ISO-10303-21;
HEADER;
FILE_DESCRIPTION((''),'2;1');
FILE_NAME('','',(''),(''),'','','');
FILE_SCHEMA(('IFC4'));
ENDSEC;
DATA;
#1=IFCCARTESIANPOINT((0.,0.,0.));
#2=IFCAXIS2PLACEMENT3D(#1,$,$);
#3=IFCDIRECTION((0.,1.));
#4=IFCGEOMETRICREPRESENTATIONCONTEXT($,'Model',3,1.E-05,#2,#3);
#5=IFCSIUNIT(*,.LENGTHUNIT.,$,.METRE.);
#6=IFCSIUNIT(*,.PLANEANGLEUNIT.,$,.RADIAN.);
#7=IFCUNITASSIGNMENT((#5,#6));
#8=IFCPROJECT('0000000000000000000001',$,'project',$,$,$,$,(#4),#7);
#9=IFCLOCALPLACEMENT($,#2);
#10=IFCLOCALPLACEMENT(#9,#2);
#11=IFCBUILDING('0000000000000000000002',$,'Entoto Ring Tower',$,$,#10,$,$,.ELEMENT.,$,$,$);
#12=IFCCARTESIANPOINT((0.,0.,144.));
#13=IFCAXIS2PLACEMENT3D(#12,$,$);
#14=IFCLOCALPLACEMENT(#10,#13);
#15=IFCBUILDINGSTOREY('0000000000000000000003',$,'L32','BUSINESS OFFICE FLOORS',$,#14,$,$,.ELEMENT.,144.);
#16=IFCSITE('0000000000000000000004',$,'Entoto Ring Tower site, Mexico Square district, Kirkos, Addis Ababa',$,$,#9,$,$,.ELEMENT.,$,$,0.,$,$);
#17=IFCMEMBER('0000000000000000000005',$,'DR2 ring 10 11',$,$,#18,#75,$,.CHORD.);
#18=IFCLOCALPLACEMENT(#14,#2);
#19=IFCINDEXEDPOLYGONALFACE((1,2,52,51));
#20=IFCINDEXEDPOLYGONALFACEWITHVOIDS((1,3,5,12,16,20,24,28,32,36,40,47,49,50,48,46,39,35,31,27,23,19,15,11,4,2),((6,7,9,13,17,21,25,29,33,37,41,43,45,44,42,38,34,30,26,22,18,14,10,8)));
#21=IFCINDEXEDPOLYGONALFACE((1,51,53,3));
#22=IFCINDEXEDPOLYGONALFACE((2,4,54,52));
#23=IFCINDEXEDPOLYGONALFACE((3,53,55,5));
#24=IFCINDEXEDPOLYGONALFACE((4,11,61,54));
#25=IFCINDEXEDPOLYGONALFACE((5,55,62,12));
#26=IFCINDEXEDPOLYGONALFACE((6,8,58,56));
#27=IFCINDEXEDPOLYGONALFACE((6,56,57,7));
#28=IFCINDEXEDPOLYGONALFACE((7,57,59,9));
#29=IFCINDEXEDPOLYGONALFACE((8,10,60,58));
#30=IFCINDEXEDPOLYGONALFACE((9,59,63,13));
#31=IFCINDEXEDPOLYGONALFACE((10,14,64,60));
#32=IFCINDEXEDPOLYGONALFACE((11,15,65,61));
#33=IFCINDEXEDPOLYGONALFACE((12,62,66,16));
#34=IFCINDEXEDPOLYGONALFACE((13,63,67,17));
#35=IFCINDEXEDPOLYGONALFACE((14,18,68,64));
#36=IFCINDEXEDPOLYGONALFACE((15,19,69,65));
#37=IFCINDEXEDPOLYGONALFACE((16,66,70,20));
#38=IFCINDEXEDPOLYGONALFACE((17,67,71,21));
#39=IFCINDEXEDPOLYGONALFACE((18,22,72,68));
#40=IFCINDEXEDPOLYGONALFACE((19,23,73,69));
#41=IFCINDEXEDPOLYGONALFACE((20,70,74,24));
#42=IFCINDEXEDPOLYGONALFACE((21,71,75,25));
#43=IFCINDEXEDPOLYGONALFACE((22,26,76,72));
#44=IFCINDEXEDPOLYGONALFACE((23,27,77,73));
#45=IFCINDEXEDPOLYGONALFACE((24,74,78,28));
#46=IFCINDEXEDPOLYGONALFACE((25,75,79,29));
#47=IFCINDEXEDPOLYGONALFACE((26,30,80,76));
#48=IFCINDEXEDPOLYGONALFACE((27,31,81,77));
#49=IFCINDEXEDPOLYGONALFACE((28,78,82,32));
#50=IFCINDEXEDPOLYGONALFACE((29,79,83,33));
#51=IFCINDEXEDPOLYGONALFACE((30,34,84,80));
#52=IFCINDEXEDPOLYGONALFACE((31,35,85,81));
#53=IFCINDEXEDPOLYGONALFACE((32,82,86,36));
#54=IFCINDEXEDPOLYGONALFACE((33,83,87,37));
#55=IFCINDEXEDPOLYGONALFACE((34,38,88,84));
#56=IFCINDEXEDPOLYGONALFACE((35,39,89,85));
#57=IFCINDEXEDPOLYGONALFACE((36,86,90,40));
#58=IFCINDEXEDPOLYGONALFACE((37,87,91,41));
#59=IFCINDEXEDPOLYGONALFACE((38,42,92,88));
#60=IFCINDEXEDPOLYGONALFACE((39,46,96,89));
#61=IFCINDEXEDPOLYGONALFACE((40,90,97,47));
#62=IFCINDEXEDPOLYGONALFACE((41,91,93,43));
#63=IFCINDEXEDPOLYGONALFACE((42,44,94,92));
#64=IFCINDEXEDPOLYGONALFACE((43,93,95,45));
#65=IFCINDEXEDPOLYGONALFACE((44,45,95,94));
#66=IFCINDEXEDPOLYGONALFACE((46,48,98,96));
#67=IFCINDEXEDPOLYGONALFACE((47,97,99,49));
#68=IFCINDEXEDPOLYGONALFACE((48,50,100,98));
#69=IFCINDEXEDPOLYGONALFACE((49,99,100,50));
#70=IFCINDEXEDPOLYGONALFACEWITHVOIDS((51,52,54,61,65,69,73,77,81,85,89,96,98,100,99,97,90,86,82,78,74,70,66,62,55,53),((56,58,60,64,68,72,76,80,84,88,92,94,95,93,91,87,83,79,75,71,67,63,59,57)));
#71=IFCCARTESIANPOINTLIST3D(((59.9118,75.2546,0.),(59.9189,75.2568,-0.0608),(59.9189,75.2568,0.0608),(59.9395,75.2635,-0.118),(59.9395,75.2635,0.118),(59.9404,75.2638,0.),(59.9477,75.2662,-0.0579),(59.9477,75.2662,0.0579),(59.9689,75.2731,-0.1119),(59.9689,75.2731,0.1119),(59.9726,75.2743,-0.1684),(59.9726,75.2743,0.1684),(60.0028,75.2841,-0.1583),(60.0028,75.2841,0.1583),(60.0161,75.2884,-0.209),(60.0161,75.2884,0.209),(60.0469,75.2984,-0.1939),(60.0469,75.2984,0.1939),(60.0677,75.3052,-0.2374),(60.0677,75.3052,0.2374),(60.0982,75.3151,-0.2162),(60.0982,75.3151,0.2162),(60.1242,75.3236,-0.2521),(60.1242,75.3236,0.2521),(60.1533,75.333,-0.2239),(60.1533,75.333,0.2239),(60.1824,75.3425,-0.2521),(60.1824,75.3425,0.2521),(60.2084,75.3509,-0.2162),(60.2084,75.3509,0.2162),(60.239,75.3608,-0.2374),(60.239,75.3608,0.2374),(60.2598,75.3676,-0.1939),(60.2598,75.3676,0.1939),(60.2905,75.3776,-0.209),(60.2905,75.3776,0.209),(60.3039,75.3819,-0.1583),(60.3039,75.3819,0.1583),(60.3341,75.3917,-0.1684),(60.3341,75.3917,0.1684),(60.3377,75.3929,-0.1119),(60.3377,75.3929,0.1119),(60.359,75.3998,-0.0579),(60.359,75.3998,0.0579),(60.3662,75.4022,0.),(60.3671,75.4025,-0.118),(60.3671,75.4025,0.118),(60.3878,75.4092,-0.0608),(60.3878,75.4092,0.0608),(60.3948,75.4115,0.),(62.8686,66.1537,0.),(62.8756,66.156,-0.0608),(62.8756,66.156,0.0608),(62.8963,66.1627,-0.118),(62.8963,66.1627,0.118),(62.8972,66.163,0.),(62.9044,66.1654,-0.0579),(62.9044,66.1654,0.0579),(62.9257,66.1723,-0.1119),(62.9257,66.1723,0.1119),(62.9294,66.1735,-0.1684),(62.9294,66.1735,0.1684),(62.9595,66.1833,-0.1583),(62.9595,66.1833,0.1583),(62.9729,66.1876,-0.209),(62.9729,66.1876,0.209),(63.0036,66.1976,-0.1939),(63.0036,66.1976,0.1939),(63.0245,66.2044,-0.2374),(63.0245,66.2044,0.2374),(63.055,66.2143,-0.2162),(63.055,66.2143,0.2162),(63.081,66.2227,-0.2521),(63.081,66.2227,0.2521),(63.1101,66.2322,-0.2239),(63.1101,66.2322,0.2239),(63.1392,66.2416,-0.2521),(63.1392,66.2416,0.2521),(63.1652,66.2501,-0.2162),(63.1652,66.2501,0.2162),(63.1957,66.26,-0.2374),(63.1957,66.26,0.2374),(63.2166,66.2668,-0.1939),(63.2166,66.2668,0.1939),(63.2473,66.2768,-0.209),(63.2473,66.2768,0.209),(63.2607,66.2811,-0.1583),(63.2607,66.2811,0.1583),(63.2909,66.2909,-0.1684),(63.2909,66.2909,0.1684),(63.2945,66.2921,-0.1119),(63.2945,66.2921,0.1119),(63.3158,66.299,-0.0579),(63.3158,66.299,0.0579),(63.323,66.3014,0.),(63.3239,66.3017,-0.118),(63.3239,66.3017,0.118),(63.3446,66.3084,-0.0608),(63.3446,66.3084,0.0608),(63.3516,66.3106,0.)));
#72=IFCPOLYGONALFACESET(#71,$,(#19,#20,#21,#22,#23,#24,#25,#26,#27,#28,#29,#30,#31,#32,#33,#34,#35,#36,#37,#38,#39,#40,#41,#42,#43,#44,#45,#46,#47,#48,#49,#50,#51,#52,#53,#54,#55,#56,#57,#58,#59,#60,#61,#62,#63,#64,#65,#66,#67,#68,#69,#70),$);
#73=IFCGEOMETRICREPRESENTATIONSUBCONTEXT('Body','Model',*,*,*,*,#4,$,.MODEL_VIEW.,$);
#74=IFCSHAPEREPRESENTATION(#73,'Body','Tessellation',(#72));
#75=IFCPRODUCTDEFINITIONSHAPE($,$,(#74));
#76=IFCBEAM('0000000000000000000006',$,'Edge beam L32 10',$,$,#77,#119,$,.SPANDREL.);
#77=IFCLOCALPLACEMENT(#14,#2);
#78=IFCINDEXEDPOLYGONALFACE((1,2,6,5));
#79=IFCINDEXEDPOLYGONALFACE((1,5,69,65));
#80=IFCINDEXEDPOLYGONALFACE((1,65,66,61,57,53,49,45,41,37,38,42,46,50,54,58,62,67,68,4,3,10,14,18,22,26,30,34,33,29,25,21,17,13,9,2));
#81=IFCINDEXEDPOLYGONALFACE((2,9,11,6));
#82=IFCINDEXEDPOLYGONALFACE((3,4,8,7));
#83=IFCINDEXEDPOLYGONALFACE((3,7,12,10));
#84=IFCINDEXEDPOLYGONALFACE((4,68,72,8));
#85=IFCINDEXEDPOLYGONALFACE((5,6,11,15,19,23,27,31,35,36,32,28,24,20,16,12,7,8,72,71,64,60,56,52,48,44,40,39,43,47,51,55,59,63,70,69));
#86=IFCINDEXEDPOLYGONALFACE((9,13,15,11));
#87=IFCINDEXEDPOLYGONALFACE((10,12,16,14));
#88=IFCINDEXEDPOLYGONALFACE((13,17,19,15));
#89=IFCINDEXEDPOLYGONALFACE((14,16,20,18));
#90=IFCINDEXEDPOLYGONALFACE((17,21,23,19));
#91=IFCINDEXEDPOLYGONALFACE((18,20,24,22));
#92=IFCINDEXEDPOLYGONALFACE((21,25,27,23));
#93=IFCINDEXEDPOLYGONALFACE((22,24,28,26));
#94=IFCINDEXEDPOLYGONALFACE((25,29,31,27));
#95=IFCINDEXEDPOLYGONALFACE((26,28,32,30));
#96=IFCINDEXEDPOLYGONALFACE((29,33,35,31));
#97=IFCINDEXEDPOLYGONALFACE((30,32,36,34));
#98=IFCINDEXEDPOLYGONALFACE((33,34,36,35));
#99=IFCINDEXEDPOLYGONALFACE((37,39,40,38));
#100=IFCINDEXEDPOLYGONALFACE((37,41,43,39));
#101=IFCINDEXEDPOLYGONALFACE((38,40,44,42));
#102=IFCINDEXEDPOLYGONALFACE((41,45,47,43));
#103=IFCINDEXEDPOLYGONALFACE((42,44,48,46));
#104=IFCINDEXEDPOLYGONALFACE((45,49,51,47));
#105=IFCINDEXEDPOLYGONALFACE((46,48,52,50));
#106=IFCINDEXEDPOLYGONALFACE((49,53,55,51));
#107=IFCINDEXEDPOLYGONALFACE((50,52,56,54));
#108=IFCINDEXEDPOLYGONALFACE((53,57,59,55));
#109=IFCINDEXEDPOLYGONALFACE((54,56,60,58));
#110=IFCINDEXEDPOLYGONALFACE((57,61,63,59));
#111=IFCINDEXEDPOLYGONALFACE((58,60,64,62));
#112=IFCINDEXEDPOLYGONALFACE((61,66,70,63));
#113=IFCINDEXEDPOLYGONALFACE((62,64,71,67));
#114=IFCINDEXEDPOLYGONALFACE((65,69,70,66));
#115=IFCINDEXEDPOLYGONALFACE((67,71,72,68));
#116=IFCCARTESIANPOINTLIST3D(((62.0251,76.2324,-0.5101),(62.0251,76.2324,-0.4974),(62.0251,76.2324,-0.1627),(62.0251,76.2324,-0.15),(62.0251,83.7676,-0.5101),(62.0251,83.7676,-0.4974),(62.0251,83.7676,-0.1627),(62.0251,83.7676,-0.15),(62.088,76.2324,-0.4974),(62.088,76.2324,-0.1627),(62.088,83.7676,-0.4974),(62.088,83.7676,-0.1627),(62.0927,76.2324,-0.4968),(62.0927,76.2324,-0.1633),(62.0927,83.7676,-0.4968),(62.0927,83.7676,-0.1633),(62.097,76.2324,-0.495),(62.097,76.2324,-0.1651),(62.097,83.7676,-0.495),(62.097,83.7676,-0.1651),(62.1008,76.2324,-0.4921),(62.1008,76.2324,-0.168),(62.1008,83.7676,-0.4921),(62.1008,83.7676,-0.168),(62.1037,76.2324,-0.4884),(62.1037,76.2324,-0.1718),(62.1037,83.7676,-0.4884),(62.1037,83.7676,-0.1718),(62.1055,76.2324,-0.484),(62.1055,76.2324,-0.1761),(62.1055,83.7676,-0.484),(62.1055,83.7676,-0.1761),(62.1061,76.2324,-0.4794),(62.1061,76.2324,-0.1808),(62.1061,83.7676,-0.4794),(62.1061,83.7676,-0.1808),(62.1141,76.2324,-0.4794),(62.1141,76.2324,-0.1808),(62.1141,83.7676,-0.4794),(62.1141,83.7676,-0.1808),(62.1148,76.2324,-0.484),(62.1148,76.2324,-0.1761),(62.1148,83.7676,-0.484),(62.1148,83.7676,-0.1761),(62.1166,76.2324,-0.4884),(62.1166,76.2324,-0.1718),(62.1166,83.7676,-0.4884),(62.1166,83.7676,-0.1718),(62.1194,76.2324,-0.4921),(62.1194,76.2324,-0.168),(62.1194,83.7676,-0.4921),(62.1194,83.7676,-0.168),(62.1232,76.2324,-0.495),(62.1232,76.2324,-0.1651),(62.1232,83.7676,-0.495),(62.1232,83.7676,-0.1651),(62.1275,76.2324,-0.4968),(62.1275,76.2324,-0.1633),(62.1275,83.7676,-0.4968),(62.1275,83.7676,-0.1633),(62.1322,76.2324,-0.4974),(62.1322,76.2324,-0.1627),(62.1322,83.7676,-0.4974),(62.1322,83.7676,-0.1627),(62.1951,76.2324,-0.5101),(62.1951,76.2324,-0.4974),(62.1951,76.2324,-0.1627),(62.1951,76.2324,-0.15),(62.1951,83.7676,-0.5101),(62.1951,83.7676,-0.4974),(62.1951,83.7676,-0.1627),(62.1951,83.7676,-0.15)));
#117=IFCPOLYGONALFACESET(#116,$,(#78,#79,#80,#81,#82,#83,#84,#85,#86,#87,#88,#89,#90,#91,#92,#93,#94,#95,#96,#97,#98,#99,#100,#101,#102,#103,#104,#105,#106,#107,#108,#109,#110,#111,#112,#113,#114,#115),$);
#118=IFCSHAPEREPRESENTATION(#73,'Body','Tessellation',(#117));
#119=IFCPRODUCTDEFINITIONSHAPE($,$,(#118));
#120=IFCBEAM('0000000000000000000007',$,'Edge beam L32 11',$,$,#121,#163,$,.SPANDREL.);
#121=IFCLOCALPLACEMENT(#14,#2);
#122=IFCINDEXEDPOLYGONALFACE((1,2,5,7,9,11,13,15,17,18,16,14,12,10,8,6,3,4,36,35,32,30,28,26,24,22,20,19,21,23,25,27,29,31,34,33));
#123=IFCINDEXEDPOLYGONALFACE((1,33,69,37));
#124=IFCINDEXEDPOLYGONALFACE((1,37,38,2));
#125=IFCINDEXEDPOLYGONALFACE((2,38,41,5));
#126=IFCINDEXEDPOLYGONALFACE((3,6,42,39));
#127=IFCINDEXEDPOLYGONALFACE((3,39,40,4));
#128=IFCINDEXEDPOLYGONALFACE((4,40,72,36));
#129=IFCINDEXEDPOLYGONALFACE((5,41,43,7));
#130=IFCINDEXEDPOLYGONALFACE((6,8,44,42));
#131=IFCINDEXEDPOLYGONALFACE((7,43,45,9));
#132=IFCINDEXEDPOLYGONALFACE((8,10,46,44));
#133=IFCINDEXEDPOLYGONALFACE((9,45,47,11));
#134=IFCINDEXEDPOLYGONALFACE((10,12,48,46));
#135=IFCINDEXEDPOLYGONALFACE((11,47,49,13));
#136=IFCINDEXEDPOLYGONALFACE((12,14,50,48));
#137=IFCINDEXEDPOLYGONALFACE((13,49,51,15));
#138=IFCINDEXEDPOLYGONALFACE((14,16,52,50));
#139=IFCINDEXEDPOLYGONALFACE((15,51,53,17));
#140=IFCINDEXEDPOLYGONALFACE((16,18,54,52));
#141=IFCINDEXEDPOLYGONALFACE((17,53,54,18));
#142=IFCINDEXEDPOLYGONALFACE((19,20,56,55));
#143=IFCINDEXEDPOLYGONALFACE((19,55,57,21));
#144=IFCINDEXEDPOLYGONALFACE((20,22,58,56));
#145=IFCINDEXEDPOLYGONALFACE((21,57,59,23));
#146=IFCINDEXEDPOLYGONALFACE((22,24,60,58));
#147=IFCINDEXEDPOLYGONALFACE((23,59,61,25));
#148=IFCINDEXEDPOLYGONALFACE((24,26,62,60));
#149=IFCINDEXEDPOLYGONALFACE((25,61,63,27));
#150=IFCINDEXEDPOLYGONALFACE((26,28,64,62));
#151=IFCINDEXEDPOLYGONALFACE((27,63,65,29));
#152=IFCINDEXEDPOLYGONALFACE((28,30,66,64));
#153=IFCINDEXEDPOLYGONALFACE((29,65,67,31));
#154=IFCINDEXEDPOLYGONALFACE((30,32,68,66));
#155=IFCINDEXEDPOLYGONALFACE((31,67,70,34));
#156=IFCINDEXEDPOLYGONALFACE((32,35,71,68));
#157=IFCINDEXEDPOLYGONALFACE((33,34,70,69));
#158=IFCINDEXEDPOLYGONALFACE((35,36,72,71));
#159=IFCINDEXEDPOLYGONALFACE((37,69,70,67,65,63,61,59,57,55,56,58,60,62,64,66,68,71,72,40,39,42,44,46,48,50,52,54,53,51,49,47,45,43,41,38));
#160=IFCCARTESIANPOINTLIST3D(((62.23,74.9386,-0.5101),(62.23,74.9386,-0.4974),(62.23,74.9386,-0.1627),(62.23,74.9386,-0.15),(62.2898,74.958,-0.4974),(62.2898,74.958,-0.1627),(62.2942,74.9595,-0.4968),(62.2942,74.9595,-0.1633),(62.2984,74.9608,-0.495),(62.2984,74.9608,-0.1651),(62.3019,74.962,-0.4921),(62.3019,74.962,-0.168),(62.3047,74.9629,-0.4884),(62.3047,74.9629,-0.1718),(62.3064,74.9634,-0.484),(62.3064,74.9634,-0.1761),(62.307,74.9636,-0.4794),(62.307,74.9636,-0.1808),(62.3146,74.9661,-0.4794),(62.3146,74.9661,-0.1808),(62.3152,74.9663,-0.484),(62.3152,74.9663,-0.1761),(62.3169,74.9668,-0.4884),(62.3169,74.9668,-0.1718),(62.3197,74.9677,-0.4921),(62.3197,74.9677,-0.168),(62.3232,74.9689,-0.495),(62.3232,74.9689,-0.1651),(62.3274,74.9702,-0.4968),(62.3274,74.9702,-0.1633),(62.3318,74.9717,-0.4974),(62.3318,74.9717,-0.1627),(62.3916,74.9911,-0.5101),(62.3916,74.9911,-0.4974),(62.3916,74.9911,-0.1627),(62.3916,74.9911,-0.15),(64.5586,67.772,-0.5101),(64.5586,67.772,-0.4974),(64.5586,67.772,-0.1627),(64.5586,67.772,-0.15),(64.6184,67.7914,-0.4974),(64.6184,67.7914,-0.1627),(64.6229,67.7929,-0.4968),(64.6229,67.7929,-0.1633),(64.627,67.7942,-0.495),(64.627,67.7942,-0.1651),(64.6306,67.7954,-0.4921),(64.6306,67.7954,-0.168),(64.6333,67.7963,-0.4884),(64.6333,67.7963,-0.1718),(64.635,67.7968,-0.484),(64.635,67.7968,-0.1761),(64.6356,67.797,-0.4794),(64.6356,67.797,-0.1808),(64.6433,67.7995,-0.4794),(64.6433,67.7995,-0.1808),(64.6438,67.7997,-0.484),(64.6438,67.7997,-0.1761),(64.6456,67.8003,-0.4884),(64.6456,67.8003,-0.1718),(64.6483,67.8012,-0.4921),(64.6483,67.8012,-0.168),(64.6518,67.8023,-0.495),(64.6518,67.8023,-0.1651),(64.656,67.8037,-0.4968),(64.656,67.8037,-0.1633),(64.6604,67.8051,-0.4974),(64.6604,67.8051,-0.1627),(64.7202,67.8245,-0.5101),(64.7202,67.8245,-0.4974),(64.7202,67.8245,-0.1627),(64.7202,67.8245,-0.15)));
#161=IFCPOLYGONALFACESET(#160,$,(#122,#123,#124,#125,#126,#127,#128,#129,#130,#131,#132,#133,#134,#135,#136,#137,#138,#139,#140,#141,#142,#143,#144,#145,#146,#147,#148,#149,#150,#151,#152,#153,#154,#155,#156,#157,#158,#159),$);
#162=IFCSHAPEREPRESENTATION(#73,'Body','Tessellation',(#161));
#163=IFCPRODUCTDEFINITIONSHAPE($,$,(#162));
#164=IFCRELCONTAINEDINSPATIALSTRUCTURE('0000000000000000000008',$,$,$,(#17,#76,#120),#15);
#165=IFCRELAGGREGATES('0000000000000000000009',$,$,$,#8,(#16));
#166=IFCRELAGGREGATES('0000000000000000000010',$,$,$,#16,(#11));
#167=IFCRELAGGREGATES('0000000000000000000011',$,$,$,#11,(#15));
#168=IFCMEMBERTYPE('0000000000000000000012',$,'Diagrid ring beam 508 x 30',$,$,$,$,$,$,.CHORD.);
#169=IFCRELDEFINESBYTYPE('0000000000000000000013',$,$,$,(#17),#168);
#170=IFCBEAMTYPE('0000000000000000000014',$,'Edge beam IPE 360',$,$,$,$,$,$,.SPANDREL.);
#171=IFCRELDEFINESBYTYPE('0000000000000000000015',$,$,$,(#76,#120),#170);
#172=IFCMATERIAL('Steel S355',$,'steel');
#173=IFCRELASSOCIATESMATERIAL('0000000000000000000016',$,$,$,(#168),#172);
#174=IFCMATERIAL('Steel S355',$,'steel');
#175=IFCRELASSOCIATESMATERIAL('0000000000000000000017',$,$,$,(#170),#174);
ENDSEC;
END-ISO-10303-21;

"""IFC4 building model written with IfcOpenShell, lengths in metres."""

from ifc_helpers import new_model, si_unit, direction, frame, origin, origin_2d, place, context, subcontext, project, spatial, circle, hollow_circle, i_section, extrude, material, material_profile, profile_set, type_object, element, save


model = new_model("IFC4")

# Units and contexts
model_context = context("Model", 3, precision=1e-05, world=origin(), true_north=direction((0.0, 1.0)))
body_context = subcontext(model_context, "Body", "Model", "MODEL_VIEW")
ifc_project = project(units=[si_unit("LENGTHUNIT", "METRE"), si_unit("PLANEANGLEUNIT", "RADIAN")], contexts=[model_context])

# Site, building, storey
site_placement = place(None, origin())
site = spatial("IfcSite", under=ifc_project, at=site_placement, Name="Entoto Ring Tower site, Mexico Square district, Kirkos, Addis Ababa", CompositionType="ELEMENT", RefElevation=0.0)
building_placement = place(site_placement, origin())
building = spatial("IfcBuilding", under=site, at=building_placement, Name="Entoto Ring Tower", CompositionType="ELEMENT")
storey_placement = place(building_placement, frame((0.0, 0.0, 144.0)))
storey = spatial("IfcBuildingStorey", under=building, at=storey_placement, Name="L32", Description="BUSINESS OFFICE FLOORS", CompositionType="ELEMENT", Elevation=144.0)

# Member
ifc_material_1 = material(Name="Steel S355", Category="steel")
ifc_material_profile_1 = material_profile(ifc_material_1, hollow_circle(Radius=0.2539, WallThickness=0.03, at=origin_2d()), Name="CHS 508 x 30")
ifc_material_2 = material(Name="Concrete C60/75", Category="concrete")
ifc_material_profile_2 = material_profile(ifc_material_2, circle(Radius=0.2241, at=origin_2d()), Name="Concrete C60/75 infill")
ifc_profile_set_1 = profile_set([ifc_material_profile_1, ifc_material_profile_2], Name="Steel S355")
member_type_1 = type_object("IfcMemberType", Name="Diagrid ring beam 508 x 30", PredefinedType="CHORD", material=ifc_profile_set_1)
member_1_placement = place(storey_placement, frame((60.1533, 75.333, 0.0), z_axis=(0.308993, -0.951064, 0.0), x_axis=(0.951064, 0.308993, 0.0)))
element("IfcMember", 1, at=member_1_placement, inside=storey, type_object=member_type_1, Name="DR2 ring 10 11", PredefinedType="CHORD", context=body_context, shape_type="SweptSolid", body=[
    extrude(hollow_circle(Radius=0.2539, WallThickness=0.03, at=origin_2d()), origin(), (0.0, 0.0, 1.0), 9.5691),
])

# Beams
ifc_material_3 = material(Name="Steel S355", Category="steel")
ifc_material_profile_3 = material_profile(ifc_material_3, i_section(OverallWidth=0.1699, OverallDepth=0.3601, WebThickness=0.0081, FlangeThickness=0.0127, FilletRadius=0.0181, at=origin_2d()), Name="IPE 360")
ifc_profile_set_2 = profile_set([ifc_material_profile_3], Name="Steel S355")
beam_type_1 = type_object("IfcBeamType", Name="Edge beam IPE 360", PredefinedType="SPANDREL", material=ifc_profile_set_2)
beam_1_placement = place(storey_placement, frame((62.1101, 83.7676, -0.3301), z_axis=(0.0, -1.0, 0.0), x_axis=(1.0, 0.0, 0.0)))
element("IfcBeam", 2, at=beam_1_placement, inside=storey, type_object=beam_type_1, Name="Edge beam L32 10", PredefinedType="SPANDREL", context=body_context, shape_type="SweptSolid", body=[
    extrude(i_section(OverallWidth=0.1699, OverallDepth=0.3601, WebThickness=0.0081, FlangeThickness=0.0127, FilletRadius=0.0181, at=origin_2d()), origin(), (0.0, 0.0, 1.0), 7.5352),
])
beam_2_placement = place(storey_placement, frame((62.3108, 74.9648, -0.3301), z_axis=(0.309026, -0.951054, 0.0), x_axis=(0.951054, 0.309026, 0.0)))
element("IfcBeam", 3, at=beam_2_placement, inside=storey, type_object=beam_type_1, Name="Edge beam L32 11", PredefinedType="SPANDREL", context=body_context, shape_type="SweptSolid", body=[
    extrude(i_section(OverallWidth=0.1699, OverallDepth=0.3601, WebThickness=0.0081, FlangeThickness=0.0127, FilletRadius=0.0181, at=origin_2d()), origin(), (0.0, 0.0, 1.0), 7.5354),
])

save(model, "model.ifc")
